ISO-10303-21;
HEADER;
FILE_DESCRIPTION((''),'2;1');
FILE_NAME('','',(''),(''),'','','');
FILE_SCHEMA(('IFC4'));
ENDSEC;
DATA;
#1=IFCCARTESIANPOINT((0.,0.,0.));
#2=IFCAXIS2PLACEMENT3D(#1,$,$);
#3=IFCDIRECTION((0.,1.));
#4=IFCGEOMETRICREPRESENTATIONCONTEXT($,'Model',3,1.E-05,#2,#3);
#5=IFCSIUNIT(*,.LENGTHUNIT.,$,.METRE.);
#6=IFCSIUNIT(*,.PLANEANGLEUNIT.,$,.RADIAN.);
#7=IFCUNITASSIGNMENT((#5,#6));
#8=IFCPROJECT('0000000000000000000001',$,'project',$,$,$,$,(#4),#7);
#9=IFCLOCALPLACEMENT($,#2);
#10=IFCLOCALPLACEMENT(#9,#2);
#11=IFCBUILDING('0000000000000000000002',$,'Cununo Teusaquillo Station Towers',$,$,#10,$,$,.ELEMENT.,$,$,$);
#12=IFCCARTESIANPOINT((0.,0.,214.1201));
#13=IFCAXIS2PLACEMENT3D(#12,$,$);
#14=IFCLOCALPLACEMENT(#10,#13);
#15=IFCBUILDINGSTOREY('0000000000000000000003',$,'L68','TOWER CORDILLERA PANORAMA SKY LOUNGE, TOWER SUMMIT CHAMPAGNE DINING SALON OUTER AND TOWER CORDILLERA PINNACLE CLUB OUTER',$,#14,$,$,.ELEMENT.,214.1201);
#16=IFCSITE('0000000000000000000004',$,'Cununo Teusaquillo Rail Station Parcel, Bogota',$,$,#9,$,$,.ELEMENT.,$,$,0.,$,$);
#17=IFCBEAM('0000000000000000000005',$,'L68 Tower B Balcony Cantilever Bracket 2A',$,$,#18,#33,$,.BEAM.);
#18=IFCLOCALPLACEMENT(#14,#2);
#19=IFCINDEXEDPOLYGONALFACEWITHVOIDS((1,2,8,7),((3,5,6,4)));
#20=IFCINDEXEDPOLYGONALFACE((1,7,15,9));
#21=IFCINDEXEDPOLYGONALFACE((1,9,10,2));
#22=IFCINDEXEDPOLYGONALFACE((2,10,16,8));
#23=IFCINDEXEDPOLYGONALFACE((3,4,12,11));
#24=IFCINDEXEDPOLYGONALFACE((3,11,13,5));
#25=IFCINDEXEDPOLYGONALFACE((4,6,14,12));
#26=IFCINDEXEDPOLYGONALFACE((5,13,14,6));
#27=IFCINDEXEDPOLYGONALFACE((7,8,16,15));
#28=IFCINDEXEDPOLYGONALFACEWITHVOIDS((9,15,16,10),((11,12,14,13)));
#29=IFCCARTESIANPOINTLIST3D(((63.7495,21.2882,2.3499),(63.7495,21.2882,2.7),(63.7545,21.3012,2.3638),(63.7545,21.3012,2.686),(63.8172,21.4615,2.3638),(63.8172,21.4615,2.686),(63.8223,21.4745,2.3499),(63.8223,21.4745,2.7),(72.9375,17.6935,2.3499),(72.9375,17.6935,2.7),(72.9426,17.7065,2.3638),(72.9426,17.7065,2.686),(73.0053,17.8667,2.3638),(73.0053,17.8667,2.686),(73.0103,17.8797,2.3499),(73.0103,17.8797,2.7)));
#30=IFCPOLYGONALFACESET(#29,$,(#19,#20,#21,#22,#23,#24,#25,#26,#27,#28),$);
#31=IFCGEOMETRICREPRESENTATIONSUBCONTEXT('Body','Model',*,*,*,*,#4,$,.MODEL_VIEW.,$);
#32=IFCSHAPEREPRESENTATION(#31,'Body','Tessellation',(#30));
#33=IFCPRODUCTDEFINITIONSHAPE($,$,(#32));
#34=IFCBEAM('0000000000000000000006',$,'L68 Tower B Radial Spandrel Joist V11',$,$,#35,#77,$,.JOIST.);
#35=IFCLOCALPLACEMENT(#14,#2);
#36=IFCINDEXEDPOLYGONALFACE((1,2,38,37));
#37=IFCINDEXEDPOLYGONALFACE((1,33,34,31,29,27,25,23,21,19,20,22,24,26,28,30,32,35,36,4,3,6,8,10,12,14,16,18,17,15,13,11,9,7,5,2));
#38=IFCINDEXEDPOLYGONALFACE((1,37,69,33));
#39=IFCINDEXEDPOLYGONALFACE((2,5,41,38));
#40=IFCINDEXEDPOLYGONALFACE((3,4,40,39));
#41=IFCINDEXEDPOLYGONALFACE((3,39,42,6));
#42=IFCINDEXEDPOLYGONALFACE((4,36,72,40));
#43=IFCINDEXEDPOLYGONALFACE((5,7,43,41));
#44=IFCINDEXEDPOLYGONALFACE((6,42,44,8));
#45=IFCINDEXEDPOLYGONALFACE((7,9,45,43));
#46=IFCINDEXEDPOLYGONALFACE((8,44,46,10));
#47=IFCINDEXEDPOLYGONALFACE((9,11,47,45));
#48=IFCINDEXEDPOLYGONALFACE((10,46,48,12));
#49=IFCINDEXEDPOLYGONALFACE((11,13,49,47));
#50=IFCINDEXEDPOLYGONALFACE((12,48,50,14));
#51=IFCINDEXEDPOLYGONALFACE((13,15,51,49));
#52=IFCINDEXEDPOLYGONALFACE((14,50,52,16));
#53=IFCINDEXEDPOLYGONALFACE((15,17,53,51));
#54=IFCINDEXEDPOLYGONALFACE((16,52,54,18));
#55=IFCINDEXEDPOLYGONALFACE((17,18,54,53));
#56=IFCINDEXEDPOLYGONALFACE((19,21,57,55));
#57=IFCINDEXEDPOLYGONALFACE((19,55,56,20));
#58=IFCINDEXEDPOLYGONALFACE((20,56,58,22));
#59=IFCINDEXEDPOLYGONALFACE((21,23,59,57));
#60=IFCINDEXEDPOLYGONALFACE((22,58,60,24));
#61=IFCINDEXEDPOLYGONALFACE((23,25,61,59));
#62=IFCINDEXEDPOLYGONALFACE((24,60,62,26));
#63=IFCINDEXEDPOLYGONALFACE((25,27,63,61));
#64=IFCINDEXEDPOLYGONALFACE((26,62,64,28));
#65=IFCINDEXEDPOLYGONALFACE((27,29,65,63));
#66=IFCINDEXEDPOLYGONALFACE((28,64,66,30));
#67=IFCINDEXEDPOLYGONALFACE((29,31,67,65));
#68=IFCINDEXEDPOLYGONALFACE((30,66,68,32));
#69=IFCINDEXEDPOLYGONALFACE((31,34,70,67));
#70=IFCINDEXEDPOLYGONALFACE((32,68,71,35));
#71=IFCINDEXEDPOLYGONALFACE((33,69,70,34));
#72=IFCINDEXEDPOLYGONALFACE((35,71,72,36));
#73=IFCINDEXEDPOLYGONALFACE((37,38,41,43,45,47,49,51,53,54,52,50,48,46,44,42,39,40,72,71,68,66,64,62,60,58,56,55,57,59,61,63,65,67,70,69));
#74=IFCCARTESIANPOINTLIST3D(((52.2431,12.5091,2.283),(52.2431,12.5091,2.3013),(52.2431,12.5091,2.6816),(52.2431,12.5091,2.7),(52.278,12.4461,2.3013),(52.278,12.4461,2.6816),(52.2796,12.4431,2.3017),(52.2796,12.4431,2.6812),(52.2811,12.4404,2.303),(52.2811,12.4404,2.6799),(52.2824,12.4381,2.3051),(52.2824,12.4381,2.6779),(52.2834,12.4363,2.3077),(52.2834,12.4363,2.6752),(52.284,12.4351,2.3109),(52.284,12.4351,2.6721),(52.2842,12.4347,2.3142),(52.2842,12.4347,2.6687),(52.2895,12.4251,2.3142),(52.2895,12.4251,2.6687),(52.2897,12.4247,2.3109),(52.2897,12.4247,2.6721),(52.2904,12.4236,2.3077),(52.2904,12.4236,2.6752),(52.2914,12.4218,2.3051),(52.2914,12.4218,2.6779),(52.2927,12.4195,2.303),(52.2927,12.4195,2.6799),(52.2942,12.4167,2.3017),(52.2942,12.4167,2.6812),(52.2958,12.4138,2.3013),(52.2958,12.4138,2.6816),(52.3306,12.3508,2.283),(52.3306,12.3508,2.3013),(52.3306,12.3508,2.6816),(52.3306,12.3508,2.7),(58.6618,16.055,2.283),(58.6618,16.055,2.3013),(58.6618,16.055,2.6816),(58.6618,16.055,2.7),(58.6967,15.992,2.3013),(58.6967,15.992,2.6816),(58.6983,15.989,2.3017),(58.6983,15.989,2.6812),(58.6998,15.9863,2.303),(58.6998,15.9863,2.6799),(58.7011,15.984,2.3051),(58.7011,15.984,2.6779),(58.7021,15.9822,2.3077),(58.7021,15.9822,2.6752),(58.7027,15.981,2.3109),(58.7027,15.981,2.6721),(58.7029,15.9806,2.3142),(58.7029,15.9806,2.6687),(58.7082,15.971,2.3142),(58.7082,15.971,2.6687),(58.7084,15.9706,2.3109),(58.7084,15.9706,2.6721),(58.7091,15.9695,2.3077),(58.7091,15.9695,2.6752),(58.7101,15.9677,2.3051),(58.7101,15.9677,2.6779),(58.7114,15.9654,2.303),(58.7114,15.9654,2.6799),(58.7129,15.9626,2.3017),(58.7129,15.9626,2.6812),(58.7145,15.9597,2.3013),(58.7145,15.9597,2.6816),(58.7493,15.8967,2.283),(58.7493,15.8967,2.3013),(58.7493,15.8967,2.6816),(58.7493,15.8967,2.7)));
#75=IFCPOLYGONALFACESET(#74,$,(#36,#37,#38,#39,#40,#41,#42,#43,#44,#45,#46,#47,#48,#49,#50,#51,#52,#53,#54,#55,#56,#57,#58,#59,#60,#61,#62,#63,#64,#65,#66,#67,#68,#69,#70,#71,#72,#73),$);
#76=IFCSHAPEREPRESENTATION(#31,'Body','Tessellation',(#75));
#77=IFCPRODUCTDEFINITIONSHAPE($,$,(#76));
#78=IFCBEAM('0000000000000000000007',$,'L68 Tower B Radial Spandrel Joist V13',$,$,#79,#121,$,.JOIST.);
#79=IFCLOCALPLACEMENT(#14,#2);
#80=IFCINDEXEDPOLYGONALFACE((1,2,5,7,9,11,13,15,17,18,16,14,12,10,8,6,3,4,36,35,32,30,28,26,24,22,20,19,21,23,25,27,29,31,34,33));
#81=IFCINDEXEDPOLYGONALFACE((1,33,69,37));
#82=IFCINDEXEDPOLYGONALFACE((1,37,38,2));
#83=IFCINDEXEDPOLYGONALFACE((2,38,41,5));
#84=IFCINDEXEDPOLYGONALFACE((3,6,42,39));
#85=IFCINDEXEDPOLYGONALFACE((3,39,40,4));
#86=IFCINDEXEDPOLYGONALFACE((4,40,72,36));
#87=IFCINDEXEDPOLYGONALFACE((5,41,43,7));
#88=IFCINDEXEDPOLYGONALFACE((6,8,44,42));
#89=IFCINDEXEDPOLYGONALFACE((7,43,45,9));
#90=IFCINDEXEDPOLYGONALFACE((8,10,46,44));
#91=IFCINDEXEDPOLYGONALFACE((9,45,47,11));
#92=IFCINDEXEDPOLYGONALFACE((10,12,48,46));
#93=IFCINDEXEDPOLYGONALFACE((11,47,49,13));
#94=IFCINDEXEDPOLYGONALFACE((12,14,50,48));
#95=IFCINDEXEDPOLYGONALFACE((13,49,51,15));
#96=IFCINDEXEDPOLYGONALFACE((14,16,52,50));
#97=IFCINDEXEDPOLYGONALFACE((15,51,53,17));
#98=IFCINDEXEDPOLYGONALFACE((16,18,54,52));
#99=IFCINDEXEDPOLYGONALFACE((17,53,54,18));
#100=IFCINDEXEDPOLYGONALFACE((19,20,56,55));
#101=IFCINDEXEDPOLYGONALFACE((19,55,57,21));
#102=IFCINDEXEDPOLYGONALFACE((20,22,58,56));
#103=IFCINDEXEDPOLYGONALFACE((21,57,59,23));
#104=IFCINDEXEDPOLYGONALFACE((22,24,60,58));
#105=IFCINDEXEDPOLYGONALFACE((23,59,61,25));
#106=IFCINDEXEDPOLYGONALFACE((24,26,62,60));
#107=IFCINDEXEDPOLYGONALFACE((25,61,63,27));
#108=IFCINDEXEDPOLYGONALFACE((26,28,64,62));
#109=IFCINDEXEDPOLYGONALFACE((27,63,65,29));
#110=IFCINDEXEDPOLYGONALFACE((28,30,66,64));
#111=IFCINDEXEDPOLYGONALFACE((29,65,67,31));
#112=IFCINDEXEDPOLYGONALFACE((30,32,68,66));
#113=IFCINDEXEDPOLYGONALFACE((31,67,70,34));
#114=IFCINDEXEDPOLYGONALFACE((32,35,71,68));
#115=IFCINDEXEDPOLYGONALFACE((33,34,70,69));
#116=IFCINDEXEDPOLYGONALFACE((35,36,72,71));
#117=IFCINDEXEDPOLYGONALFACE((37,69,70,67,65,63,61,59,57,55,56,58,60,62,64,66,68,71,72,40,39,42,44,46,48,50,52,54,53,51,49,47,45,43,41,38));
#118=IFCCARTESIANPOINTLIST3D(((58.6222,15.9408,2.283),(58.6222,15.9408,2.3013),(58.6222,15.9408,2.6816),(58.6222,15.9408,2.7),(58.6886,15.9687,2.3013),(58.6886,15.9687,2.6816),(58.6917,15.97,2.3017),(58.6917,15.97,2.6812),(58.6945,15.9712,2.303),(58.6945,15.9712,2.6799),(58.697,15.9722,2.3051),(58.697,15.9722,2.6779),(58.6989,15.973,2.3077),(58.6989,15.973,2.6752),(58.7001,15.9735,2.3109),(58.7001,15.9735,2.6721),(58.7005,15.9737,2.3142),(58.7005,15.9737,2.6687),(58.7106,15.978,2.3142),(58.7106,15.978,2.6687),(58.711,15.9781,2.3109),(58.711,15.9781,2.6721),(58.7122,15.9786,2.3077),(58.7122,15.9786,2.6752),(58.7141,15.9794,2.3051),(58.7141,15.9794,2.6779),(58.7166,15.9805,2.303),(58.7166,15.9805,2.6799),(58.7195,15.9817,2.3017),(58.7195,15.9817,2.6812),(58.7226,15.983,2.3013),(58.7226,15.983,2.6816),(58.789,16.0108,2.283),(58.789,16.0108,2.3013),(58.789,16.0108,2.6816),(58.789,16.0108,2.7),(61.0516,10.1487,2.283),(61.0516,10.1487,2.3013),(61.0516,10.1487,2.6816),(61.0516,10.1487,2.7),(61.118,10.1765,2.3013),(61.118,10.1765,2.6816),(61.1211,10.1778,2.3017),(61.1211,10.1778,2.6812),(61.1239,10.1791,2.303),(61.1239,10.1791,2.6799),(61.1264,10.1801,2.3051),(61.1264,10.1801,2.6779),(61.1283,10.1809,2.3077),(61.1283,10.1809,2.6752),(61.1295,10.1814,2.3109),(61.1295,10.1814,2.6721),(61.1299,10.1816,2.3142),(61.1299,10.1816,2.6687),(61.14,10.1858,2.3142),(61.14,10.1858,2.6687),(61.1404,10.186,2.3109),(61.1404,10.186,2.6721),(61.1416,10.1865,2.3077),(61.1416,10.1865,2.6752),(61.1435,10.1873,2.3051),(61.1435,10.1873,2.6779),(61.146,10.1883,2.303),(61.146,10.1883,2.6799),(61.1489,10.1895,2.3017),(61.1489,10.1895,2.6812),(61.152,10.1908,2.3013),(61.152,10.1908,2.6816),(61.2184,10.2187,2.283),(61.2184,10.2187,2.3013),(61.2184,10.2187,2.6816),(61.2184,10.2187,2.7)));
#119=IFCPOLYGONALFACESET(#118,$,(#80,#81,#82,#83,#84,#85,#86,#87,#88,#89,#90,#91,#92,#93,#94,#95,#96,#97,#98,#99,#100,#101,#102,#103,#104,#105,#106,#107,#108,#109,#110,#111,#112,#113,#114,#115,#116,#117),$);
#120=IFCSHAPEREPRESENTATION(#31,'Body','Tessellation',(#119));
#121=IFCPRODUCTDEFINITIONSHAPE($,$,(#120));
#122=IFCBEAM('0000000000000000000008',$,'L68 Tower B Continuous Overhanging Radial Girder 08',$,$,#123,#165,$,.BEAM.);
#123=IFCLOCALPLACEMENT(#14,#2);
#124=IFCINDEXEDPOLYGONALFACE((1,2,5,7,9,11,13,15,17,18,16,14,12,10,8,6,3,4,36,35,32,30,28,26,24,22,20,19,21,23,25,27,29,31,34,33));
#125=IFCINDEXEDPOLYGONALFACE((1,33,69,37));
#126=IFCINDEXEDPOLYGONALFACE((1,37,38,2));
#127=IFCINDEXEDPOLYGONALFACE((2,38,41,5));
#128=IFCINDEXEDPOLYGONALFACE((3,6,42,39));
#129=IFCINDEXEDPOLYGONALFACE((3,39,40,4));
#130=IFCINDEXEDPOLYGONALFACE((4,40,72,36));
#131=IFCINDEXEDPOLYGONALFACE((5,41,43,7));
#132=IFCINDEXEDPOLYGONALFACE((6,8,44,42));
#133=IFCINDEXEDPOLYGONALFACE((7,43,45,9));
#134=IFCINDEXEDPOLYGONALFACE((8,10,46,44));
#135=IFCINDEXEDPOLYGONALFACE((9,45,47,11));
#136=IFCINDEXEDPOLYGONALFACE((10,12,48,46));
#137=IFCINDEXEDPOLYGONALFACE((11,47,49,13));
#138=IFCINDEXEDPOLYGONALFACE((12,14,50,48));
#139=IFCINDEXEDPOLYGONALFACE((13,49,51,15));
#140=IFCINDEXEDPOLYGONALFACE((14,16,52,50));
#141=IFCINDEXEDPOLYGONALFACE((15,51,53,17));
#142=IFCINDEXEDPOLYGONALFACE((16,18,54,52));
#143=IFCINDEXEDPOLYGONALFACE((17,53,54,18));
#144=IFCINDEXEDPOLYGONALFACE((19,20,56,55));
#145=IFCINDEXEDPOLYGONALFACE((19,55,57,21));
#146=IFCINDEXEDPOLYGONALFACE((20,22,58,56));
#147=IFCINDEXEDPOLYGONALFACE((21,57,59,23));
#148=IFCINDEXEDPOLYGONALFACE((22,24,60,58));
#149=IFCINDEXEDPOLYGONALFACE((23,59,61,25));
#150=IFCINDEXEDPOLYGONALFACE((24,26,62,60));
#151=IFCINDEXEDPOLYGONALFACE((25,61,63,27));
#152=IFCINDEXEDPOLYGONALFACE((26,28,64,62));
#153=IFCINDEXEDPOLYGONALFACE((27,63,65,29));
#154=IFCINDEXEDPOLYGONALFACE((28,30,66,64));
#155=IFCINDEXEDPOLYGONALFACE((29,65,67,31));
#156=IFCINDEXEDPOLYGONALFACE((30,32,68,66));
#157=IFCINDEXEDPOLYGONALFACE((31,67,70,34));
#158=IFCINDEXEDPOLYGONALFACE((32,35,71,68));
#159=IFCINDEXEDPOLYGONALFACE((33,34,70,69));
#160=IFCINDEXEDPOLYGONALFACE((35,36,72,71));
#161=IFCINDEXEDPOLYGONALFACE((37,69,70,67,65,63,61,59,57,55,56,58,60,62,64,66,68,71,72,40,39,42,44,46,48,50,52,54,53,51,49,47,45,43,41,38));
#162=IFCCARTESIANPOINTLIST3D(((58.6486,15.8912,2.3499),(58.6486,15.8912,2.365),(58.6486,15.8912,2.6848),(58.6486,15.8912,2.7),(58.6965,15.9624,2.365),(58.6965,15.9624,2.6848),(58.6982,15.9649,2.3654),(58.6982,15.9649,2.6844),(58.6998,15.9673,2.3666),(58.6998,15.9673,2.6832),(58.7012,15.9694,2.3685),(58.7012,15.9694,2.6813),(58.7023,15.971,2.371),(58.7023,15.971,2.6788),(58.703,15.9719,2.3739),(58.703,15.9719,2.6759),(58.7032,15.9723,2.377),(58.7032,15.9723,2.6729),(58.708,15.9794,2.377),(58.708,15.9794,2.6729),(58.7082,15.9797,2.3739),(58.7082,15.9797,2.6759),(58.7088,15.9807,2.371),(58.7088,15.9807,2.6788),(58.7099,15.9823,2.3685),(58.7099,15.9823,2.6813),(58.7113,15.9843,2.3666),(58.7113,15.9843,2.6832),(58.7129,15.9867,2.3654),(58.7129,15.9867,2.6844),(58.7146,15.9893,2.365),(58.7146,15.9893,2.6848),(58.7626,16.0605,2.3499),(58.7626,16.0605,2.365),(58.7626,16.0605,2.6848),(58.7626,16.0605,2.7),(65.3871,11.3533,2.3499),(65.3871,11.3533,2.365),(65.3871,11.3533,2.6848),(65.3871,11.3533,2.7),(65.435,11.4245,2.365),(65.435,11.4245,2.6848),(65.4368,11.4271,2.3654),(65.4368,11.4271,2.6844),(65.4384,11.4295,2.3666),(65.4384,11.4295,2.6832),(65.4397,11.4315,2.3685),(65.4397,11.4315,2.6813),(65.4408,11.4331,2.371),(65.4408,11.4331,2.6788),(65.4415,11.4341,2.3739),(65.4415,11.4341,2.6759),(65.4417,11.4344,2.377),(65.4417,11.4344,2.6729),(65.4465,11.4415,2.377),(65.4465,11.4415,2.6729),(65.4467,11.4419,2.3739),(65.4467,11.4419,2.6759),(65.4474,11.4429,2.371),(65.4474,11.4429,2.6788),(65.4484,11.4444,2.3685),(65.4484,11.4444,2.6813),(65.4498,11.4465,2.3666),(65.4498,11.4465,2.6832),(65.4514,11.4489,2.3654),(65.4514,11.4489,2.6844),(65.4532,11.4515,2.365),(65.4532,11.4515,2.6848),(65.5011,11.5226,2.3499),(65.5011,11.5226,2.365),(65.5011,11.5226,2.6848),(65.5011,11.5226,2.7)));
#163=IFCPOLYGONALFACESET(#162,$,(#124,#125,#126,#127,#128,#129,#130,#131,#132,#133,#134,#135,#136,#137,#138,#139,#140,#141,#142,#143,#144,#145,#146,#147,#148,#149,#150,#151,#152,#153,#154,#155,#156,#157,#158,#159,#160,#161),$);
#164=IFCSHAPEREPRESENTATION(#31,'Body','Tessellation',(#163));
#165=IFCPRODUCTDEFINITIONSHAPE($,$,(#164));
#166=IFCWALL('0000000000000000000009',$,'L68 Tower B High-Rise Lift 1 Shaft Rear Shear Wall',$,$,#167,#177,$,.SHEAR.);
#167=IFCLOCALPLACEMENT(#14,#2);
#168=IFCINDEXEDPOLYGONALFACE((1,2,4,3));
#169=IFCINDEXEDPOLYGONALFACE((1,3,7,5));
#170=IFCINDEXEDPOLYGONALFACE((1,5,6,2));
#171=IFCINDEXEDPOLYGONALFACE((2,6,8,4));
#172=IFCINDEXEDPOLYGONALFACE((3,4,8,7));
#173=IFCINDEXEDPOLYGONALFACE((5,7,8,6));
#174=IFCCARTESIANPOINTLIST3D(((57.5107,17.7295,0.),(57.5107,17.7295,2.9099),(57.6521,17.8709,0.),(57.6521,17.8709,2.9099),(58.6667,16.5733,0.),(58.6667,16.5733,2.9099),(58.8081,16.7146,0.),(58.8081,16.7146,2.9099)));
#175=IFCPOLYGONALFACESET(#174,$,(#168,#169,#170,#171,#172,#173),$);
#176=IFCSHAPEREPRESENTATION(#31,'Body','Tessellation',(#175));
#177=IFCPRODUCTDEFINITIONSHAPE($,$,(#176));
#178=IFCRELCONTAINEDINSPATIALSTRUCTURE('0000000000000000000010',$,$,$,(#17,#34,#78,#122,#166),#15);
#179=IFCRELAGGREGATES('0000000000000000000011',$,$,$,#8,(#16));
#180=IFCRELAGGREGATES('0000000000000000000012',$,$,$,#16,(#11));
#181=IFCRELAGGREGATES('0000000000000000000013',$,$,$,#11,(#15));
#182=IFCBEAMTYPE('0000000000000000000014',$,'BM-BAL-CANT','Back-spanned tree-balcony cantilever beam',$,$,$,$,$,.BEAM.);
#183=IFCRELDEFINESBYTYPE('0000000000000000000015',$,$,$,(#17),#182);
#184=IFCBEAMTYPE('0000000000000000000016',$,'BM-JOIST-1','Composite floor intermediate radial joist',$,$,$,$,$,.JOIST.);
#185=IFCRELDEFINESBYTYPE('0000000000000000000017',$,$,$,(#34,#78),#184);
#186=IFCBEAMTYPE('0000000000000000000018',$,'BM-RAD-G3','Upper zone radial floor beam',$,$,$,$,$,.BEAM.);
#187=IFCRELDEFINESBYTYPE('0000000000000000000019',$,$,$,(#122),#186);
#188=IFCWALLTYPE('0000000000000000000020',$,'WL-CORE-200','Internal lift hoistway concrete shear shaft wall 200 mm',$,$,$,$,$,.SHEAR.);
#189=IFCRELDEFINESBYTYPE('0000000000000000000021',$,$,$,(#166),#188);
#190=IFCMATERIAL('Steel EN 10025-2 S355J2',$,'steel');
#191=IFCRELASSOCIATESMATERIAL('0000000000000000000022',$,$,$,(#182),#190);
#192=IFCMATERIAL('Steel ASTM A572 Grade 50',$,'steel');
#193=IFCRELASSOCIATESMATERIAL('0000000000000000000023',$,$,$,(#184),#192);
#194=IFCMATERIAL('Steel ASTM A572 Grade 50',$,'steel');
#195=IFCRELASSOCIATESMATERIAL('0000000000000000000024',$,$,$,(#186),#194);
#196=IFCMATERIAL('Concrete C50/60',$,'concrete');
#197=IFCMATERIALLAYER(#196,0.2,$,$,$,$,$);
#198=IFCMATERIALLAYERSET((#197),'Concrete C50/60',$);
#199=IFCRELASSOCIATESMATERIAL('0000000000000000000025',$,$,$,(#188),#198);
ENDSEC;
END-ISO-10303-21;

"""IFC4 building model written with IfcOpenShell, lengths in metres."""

from ifc_helpers import new_model, si_unit, direction, frame, frame_2d, origin, origin_2d, place, context, subcontext, project, spatial, rectangle, hollow_rectangle, i_section, extrude, material, layer, layer_set, material_profile, profile_set, type_object, element, save


model = new_model("IFC4")

# Units and contexts
model_context = context("Model", 3, precision=1e-05, world=origin(), true_north=direction((0.0, 1.0)))
body_context = subcontext(model_context, "Body", "Model", "MODEL_VIEW")
ifc_project = project(units=[si_unit("LENGTHUNIT", "METRE"), si_unit("PLANEANGLEUNIT", "RADIAN")], contexts=[model_context])

# Site, building, storey
site_placement = place(None, origin())
site = spatial("IfcSite", under=ifc_project, at=site_placement, Name="Cununo Teusaquillo Rail Station Parcel, Bogota", CompositionType="ELEMENT", RefElevation=0.0)
building_placement = place(site_placement, origin())
building = spatial("IfcBuilding", under=site, at=building_placement, Name="Cununo Teusaquillo Station Towers", CompositionType="ELEMENT")
storey_placement = place(building_placement, frame((0.0, 0.0, 214.1201)))
storey = spatial("IfcBuildingStorey", under=building, at=storey_placement, Name="L68", Description="TOWER CORDILLERA PANORAMA SKY LOUNGE, TOWER SUMMIT CHAMPAGNE DINING SALON OUTER AND TOWER CORDILLERA PINNACLE CLUB OUTER", CompositionType="ELEMENT", Elevation=214.1201)

# Beams
ifc_material_1 = material(Name="Steel EN 10025-2 S355J2", Category="steel")
ifc_material_profile_1 = material_profile(ifc_material_1, hollow_rectangle(XDim=0.2, YDim=0.3501, WallThickness=0.0139, at=origin_2d()), Name="RHS 350x200x14")
ifc_profile_set_1 = profile_set([ifc_material_profile_1], Name="Steel EN 10025-2 S355J2")
beam_type_1 = type_object("IfcBeamType", Name="BM-BAL-CANT", Description="Back-spanned tree-balcony cantilever beam", PredefinedType="BEAM", material=ifc_profile_set_1)
beam_1_placement = place(storey_placement, frame((63.7859, 21.3813, 2.5249), z_axis=(0.931262, -0.364349, 0.0), x_axis=(0.364349, 0.931262, 0.0)))
element("IfcBeam", 1, at=beam_1_placement, inside=storey, type_object=beam_type_1, Name="L68 Tower B Balcony Cantilever Bracket 2A", PredefinedType="BEAM", context=body_context, shape_type="SweptSolid", body=[
    extrude(hollow_rectangle(XDim=0.2, YDim=0.3501, WallThickness=0.0139, at=origin_2d()), origin(), (0.0, 0.0, 1.0), 9.8662),
])
ifc_material_2 = material(Name="Steel ASTM A572 Grade 50", Category="steel")
ifc_material_profile_2 = material_profile(ifc_material_2, i_section(OverallWidth=0.1809, OverallDepth=0.417, WebThickness=0.011, FlangeThickness=0.0183, FilletRadius=0.0129, at=origin_2d()), Name="W16X57")
ifc_profile_set_2 = profile_set([ifc_material_profile_2], Name="Steel ASTM A572 Grade 50")
beam_type_2 = type_object("IfcBeamType", Name="BM-JOIST-1", Description="Composite floor intermediate radial joist", PredefinedType="JOIST", material=ifc_profile_set_2)
beam_2_placement = place(storey_placement, frame((58.7056, 15.9758, 2.4915), z_axis=(-0.875315, -0.483553, 0.0), x_axis=(0.483553, -0.875315, 0.0)))
element("IfcBeam", 2, at=beam_2_placement, inside=storey, type_object=beam_type_2, Name="L68 Tower B Radial Spandrel Joist V11", PredefinedType="JOIST", context=body_context, shape_type="SweptSolid", body=[
    extrude(i_section(OverallWidth=0.1809, OverallDepth=0.417, WebThickness=0.011, FlangeThickness=0.0183, FilletRadius=0.0129, at=origin_2d()), origin(), (0.0, 0.0, 1.0), 7.333),
])
beam_3_placement = place(storey_placement, frame((58.7056, 15.9758, 2.4915), z_axis=(0.386786, -0.922169, 0.0), x_axis=(0.922169, 0.386786, 0.0)))
element("IfcBeam", 3, at=beam_3_placement, inside=storey, type_object=beam_type_2, Name="L68 Tower B Radial Spandrel Joist V13", PredefinedType="JOIST", context=body_context, shape_type="SweptSolid", body=[
    extrude(i_section(OverallWidth=0.1809, OverallDepth=0.417, WebThickness=0.011, FlangeThickness=0.0183, FilletRadius=0.0129, at=origin_2d()), origin(), (0.0, 0.0, 1.0), 6.281),
])
ifc_material_3 = material(Name="Steel ASTM A572 Grade 50", Category="steel")
ifc_material_profile_3 = material_profile(ifc_material_3, i_section(OverallWidth=0.2041, OverallDepth=0.3501, WebThickness=0.0085, FlangeThickness=0.0151, FilletRadius=0.012, at=origin_2d()), Name="W14X48")
ifc_profile_set_3 = profile_set([ifc_material_profile_3], Name="Steel ASTM A572 Grade 50")
beam_type_3 = type_object("IfcBeamType", Name="BM-RAD-G3", Description="Upper zone radial floor beam", PredefinedType="BEAM", material=ifc_profile_set_3)
beam_4_placement = place(storey_placement, frame((58.7056, 15.9758, 2.5249), z_axis=(0.829457, -0.558571, 0.0), x_axis=(0.558571, 0.829457, 0.0)))
element("IfcBeam", 4, at=beam_4_placement, inside=storey, type_object=beam_type_3, Name="L68 Tower B Continuous Overhanging Radial Girder 08", PredefinedType="BEAM", context=body_context, shape_type="SweptSolid", body=[
    extrude(i_section(OverallWidth=0.2041, OverallDepth=0.3501, WebThickness=0.0085, FlangeThickness=0.0151, FilletRadius=0.012, at=origin_2d()), origin(), (0.0, 0.0, 1.0), 8.124),
])

# Wall
ifc_material_4 = material(Name="Concrete C50/60", Category="concrete")
ifc_layer_1 = layer(ifc_material_4, 0.2)
ifc_layer_set_1 = layer_set([ifc_layer_1], Name="Concrete C50/60")
wall_type_1 = type_object("IfcWallType", Name="WL-CORE-200", Description="Internal lift hoistway concrete shear shaft wall 200 mm", PredefinedType="SHEAR", material=ifc_layer_set_1)
wall_1_placement = place(storey_placement, frame((58.7373, 16.644, 0.0), z_axis=(0.0, 0.0, 1.0), x_axis=(-0.707032, 0.707181, 0.0)))
element("IfcWall", 5, at=wall_1_placement, inside=storey, type_object=wall_type_1, Name="L68 Tower B High-Rise Lift 1 Shaft Rear Shear Wall", PredefinedType="SHEAR", context=body_context, shape_type="SweptSolid", body=[
    extrude(rectangle(XDim=1.635, YDim=0.2, at=frame_2d((0.8174, 0.0))), origin(), (0.0, 0.0, 1.0), 2.9099),
])

save(model, "model.ifc")
